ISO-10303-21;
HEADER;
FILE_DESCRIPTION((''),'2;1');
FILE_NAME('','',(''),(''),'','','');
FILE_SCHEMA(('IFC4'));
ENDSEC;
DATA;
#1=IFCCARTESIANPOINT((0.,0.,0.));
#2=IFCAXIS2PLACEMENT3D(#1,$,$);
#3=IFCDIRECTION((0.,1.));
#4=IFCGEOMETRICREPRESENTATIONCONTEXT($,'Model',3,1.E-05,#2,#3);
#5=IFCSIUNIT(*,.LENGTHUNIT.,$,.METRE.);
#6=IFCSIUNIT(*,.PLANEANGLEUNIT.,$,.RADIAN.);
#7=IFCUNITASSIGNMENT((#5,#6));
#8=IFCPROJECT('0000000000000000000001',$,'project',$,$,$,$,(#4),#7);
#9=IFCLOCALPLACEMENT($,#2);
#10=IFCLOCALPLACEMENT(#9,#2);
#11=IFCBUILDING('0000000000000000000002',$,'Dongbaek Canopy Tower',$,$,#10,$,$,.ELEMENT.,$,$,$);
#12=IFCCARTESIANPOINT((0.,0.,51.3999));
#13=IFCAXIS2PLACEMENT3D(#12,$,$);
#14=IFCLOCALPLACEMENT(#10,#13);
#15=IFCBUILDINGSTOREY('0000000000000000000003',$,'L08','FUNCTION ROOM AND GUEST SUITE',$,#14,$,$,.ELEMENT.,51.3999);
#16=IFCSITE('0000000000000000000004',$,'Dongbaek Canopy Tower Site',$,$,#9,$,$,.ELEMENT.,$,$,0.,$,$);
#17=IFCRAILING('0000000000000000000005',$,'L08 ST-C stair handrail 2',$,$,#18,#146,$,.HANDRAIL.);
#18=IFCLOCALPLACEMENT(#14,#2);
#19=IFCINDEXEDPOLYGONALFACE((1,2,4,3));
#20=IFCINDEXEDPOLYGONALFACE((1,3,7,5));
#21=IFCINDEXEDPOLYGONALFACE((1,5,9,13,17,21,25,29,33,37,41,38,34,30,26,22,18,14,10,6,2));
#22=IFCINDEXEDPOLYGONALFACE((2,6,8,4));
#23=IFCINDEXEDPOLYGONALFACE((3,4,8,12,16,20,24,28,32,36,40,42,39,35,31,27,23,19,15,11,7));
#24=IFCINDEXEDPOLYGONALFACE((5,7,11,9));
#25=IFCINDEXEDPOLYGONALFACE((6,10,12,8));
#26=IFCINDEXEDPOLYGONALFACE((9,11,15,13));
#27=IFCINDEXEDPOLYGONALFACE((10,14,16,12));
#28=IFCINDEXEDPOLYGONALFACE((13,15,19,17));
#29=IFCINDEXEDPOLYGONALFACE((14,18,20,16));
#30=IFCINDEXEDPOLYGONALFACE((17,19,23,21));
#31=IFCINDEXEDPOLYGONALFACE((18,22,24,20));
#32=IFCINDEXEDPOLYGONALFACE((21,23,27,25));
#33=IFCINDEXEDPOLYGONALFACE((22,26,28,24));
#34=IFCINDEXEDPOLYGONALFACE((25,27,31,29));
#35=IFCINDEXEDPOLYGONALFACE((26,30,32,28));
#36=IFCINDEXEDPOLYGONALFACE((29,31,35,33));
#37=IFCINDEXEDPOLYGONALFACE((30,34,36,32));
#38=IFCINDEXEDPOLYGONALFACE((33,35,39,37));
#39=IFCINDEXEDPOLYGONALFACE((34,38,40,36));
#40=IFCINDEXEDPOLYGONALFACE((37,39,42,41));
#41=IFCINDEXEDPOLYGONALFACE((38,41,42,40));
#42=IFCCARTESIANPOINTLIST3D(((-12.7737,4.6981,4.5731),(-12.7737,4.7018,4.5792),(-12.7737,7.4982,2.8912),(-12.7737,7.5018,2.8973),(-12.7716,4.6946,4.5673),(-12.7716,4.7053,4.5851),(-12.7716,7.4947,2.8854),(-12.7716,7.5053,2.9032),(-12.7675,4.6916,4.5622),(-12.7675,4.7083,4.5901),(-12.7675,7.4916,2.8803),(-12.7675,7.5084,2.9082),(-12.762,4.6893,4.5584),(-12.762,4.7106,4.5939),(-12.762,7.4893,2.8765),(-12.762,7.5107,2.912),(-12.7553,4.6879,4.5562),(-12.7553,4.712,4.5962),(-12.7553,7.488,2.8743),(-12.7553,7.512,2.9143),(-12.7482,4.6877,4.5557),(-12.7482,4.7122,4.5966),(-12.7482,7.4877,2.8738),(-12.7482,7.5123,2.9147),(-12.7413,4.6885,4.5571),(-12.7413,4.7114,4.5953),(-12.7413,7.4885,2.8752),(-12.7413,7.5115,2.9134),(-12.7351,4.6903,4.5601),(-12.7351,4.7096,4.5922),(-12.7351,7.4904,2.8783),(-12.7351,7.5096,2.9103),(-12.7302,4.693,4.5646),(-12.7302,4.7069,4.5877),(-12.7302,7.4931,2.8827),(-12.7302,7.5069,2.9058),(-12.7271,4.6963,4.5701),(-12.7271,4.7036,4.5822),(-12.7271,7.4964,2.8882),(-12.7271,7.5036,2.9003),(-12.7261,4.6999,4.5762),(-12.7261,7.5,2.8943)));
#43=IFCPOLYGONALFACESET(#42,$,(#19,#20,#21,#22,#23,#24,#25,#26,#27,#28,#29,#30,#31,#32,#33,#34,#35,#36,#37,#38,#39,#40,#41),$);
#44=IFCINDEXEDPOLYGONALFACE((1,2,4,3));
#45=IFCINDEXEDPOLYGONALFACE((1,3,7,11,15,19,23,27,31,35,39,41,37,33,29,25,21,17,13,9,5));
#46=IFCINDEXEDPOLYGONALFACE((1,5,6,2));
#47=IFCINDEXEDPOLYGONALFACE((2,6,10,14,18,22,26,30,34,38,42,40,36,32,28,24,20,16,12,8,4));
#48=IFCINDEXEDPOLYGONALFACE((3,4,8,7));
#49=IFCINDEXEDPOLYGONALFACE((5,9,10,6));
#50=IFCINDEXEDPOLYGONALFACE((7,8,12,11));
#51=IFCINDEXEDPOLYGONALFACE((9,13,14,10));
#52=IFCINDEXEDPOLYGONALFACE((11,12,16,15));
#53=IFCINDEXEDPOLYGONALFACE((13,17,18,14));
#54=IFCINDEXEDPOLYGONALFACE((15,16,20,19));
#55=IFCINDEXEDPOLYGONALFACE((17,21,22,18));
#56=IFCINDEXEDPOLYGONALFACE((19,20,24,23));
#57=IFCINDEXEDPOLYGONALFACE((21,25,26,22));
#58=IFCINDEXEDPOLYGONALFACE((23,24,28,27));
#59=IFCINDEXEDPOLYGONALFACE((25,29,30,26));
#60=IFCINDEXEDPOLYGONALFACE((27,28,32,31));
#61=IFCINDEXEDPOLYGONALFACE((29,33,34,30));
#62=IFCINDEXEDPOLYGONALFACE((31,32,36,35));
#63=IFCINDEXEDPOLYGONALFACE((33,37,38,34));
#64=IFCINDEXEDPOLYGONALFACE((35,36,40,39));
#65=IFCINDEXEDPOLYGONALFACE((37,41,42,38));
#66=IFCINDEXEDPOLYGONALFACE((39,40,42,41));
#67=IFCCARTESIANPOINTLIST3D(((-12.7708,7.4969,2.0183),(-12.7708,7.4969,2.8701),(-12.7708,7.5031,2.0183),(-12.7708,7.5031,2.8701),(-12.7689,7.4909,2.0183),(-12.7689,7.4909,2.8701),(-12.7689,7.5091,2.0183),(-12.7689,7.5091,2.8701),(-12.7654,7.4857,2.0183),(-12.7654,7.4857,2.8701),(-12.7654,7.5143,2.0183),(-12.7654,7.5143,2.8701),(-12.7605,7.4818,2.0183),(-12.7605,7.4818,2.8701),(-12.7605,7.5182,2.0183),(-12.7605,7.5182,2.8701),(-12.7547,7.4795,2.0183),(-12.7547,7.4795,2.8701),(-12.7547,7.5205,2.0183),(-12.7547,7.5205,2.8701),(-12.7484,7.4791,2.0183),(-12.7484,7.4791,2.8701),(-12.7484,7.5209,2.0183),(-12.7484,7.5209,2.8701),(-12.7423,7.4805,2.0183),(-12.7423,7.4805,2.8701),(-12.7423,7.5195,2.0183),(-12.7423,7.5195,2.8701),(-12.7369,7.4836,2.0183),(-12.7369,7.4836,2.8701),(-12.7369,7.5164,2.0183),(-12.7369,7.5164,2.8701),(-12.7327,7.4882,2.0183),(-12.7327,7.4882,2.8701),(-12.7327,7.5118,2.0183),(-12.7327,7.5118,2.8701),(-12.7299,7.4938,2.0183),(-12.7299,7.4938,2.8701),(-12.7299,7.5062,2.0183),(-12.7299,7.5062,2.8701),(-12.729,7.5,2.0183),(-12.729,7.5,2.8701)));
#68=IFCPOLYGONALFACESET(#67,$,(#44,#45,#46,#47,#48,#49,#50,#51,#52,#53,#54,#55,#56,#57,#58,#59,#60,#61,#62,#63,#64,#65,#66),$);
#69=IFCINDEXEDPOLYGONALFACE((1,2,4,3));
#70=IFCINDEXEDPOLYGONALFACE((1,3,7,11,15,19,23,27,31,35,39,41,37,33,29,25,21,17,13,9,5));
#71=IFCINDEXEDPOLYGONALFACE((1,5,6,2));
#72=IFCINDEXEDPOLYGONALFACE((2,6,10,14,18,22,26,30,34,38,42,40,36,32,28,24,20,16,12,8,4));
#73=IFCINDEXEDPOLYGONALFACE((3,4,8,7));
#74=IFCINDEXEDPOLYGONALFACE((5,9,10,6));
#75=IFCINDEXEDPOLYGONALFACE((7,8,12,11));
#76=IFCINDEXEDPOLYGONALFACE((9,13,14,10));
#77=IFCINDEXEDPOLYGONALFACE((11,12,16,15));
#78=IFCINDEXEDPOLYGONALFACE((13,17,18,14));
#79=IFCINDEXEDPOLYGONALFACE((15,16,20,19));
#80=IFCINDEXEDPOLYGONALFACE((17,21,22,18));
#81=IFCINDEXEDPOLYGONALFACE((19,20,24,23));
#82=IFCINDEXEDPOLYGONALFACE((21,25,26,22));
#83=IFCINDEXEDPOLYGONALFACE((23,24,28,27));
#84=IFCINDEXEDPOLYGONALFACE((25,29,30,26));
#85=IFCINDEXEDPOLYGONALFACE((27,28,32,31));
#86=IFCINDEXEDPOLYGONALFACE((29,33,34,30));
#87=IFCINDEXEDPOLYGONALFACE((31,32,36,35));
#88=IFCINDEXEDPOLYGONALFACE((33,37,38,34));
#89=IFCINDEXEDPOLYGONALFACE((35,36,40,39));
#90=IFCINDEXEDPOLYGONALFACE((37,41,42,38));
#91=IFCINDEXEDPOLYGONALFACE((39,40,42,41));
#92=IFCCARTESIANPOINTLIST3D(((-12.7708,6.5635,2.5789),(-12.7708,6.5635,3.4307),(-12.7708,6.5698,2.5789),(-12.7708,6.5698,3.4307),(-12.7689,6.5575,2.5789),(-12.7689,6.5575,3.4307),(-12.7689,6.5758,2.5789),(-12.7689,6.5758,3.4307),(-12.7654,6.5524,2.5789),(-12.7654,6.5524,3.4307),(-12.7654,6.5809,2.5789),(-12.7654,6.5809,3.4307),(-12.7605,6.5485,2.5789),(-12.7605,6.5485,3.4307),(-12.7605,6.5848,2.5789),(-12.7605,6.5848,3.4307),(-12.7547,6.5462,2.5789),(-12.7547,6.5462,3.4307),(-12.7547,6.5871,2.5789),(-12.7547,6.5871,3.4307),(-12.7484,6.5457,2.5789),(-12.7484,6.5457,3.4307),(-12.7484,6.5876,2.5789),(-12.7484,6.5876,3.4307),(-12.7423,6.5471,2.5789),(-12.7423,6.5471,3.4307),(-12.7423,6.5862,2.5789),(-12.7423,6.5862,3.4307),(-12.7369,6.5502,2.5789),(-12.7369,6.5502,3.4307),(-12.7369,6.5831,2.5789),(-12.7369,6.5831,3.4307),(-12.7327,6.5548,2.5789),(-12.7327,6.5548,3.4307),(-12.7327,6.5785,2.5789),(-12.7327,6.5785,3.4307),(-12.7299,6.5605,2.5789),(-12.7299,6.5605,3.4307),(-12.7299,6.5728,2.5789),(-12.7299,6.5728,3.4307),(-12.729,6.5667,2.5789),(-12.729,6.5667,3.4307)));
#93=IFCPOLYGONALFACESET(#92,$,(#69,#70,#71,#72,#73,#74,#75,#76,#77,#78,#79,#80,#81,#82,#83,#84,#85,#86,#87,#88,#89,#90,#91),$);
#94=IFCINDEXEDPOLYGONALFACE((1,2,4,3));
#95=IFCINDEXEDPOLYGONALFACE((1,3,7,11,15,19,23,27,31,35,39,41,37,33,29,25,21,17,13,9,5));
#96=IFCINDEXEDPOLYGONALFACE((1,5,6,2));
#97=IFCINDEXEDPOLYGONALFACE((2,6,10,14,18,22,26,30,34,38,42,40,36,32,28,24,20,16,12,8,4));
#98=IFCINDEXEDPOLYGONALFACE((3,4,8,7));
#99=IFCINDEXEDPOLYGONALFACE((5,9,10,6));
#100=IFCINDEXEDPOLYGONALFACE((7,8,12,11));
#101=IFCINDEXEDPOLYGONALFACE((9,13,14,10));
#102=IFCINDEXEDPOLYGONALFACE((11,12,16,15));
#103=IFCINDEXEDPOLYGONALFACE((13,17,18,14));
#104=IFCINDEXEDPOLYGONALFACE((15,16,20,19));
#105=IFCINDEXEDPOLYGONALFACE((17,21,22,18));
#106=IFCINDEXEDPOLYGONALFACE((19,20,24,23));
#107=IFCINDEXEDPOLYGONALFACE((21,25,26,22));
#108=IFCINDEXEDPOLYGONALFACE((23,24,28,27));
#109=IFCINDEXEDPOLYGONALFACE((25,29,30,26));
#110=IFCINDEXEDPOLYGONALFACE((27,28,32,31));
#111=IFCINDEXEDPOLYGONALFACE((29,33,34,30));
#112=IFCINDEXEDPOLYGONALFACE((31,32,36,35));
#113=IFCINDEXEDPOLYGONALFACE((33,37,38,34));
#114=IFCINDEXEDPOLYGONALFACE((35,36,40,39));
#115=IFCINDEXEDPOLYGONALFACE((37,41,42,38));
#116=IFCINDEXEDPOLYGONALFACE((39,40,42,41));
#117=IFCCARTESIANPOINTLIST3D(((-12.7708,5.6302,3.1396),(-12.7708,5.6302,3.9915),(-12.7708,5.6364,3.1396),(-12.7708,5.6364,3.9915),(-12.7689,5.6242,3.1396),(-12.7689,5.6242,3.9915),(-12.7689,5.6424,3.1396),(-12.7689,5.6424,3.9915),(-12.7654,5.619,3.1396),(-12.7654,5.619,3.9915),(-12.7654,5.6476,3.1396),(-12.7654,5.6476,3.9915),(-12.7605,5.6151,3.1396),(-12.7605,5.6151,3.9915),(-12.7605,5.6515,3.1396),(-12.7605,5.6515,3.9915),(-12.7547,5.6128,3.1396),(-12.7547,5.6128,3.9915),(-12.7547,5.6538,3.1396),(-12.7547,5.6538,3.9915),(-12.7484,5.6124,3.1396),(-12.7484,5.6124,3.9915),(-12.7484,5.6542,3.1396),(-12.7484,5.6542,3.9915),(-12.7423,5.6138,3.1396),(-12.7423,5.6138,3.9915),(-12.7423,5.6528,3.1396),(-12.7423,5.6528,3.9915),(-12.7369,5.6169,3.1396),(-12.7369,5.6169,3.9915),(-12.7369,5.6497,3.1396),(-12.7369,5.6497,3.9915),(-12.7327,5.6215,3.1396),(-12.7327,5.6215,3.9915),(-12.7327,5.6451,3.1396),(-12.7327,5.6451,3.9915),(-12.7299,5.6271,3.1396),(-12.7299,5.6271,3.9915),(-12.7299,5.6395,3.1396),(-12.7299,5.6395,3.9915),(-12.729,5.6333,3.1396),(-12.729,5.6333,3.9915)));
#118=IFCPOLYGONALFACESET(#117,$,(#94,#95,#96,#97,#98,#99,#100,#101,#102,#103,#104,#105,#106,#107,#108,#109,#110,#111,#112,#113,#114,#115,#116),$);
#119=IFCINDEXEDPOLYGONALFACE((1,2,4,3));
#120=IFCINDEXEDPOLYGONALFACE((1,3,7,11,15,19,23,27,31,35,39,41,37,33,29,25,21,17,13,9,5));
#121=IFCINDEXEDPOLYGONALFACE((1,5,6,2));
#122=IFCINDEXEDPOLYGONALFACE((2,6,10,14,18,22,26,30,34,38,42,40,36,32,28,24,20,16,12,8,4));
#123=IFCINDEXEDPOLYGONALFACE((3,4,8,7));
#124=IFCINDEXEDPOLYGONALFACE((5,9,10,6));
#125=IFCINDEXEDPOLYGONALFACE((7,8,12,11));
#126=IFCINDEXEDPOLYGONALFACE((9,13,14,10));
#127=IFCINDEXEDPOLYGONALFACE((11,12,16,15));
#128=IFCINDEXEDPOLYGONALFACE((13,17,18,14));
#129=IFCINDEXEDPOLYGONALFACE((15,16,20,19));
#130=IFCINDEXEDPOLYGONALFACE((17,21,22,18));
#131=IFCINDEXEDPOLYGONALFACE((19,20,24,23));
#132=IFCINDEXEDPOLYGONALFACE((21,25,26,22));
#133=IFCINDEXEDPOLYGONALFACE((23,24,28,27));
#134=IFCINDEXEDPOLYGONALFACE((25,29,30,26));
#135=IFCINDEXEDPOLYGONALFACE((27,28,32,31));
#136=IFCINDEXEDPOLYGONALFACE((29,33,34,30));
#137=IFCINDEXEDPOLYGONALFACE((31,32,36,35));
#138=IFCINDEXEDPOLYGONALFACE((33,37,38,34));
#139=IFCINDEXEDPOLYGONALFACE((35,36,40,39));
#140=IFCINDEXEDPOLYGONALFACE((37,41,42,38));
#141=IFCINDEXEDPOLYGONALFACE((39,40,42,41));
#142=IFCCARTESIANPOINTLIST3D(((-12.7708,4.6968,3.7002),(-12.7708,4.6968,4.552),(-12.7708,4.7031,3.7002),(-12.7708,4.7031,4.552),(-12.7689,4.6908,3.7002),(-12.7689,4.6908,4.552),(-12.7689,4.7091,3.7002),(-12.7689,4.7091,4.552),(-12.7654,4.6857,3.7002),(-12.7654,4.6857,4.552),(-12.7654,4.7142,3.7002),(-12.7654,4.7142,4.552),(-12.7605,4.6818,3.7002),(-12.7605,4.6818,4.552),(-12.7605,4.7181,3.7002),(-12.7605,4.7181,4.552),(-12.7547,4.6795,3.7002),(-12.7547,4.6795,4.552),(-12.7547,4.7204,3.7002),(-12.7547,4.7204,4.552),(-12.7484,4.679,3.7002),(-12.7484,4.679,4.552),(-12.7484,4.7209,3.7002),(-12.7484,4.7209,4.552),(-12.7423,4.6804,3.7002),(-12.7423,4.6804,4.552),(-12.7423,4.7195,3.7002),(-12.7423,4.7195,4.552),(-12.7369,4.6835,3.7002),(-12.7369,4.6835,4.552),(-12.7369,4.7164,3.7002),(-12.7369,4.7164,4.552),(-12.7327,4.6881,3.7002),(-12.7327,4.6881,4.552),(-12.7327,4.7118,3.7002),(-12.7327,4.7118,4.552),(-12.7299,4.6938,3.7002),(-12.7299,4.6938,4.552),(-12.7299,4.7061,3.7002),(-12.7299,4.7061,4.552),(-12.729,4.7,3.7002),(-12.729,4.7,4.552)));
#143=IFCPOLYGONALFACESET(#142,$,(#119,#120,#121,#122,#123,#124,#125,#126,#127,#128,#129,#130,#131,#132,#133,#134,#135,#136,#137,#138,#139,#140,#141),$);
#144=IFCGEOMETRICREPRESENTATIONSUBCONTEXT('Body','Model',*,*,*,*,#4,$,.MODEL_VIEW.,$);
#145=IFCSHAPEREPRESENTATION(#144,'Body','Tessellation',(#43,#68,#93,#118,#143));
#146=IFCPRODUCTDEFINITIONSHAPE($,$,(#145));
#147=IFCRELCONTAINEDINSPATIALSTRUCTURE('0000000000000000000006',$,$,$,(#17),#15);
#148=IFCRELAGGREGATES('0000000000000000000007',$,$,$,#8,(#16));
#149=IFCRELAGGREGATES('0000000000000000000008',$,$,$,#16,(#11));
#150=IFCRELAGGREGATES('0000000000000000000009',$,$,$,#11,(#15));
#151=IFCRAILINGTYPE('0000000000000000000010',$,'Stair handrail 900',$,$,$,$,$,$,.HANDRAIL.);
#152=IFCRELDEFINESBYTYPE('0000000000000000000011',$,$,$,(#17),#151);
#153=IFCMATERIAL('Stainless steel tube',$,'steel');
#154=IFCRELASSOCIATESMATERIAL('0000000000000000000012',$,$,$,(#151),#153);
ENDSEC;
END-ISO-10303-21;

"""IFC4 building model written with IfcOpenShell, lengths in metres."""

from ifc_helpers import new_model, si_unit, direction, frame, origin, origin_2d, place, context, subcontext, project, spatial, circle, extrude, material, type_object, element, save


model = new_model("IFC4")

# Units and contexts
model_context = context("Model", 3, precision=1e-05, world=origin(), true_north=direction((0.0, 1.0)))
body_context = subcontext(model_context, "Body", "Model", "MODEL_VIEW")
ifc_project = project(units=[si_unit("LENGTHUNIT", "METRE"), si_unit("PLANEANGLEUNIT", "RADIAN")], contexts=[model_context])

# Site, building, storey
site_placement = place(None, origin())
site = spatial("IfcSite", under=ifc_project, at=site_placement, Name="Dongbaek Canopy Tower Site", CompositionType="ELEMENT", RefElevation=0.0)
building_placement = place(site_placement, origin())
building = spatial("IfcBuilding", under=site, at=building_placement, Name="Dongbaek Canopy Tower", CompositionType="ELEMENT")
storey_placement = place(building_placement, frame((0.0, 0.0, 51.3999)))
storey = spatial("IfcBuildingStorey", under=building, at=storey_placement, Name="L08", Description="FUNCTION ROOM AND GUEST SUITE", CompositionType="ELEMENT", Elevation=51.3999)

# Railing
ifc_material_1 = material(Name="Stainless steel tube", Category="steel")
railing_type_1 = type_object("IfcRailingType", Name="Stair handrail 900", PredefinedType="HANDRAIL", material=ifc_material_1)
railing_1_placement = place(storey_placement, frame((-12.75, 7.5, 2.0183)))
element("IfcRailing", 1, at=railing_1_placement, inside=storey, type_object=railing_type_1, Name="L08 ST-C stair handrail 2", PredefinedType="HANDRAIL", context=body_context, shape_type="SweptSolid", body=[
    extrude(circle(Radius=0.0239, at=origin_2d()), frame((0.0, 0.0, 0.876), z_axis=(0.0, -0.857242, 0.514913), x_axis=(1.0, 0.0, 0.0)), (0.0, 0.0, 1.0), 3.2664),
    extrude(circle(Radius=0.021, at=origin_2d()), origin(), (0.0, 0.0, 1.0), 0.8518),
    extrude(circle(Radius=0.021, at=origin_2d()), frame((0.0, -0.9333, 0.5605)), (0.0, 0.0, 1.0), 0.8518),
    extrude(circle(Radius=0.021, at=origin_2d()), frame((0.0, -1.8667, 1.1213)), (0.0, 0.0, 1.0), 0.8518),
    extrude(circle(Radius=0.021, at=origin_2d()), frame((0.0, -2.8, 1.6819)), (0.0, 0.0, 1.0), 0.8518),
])

save(model, "model.ifc")
